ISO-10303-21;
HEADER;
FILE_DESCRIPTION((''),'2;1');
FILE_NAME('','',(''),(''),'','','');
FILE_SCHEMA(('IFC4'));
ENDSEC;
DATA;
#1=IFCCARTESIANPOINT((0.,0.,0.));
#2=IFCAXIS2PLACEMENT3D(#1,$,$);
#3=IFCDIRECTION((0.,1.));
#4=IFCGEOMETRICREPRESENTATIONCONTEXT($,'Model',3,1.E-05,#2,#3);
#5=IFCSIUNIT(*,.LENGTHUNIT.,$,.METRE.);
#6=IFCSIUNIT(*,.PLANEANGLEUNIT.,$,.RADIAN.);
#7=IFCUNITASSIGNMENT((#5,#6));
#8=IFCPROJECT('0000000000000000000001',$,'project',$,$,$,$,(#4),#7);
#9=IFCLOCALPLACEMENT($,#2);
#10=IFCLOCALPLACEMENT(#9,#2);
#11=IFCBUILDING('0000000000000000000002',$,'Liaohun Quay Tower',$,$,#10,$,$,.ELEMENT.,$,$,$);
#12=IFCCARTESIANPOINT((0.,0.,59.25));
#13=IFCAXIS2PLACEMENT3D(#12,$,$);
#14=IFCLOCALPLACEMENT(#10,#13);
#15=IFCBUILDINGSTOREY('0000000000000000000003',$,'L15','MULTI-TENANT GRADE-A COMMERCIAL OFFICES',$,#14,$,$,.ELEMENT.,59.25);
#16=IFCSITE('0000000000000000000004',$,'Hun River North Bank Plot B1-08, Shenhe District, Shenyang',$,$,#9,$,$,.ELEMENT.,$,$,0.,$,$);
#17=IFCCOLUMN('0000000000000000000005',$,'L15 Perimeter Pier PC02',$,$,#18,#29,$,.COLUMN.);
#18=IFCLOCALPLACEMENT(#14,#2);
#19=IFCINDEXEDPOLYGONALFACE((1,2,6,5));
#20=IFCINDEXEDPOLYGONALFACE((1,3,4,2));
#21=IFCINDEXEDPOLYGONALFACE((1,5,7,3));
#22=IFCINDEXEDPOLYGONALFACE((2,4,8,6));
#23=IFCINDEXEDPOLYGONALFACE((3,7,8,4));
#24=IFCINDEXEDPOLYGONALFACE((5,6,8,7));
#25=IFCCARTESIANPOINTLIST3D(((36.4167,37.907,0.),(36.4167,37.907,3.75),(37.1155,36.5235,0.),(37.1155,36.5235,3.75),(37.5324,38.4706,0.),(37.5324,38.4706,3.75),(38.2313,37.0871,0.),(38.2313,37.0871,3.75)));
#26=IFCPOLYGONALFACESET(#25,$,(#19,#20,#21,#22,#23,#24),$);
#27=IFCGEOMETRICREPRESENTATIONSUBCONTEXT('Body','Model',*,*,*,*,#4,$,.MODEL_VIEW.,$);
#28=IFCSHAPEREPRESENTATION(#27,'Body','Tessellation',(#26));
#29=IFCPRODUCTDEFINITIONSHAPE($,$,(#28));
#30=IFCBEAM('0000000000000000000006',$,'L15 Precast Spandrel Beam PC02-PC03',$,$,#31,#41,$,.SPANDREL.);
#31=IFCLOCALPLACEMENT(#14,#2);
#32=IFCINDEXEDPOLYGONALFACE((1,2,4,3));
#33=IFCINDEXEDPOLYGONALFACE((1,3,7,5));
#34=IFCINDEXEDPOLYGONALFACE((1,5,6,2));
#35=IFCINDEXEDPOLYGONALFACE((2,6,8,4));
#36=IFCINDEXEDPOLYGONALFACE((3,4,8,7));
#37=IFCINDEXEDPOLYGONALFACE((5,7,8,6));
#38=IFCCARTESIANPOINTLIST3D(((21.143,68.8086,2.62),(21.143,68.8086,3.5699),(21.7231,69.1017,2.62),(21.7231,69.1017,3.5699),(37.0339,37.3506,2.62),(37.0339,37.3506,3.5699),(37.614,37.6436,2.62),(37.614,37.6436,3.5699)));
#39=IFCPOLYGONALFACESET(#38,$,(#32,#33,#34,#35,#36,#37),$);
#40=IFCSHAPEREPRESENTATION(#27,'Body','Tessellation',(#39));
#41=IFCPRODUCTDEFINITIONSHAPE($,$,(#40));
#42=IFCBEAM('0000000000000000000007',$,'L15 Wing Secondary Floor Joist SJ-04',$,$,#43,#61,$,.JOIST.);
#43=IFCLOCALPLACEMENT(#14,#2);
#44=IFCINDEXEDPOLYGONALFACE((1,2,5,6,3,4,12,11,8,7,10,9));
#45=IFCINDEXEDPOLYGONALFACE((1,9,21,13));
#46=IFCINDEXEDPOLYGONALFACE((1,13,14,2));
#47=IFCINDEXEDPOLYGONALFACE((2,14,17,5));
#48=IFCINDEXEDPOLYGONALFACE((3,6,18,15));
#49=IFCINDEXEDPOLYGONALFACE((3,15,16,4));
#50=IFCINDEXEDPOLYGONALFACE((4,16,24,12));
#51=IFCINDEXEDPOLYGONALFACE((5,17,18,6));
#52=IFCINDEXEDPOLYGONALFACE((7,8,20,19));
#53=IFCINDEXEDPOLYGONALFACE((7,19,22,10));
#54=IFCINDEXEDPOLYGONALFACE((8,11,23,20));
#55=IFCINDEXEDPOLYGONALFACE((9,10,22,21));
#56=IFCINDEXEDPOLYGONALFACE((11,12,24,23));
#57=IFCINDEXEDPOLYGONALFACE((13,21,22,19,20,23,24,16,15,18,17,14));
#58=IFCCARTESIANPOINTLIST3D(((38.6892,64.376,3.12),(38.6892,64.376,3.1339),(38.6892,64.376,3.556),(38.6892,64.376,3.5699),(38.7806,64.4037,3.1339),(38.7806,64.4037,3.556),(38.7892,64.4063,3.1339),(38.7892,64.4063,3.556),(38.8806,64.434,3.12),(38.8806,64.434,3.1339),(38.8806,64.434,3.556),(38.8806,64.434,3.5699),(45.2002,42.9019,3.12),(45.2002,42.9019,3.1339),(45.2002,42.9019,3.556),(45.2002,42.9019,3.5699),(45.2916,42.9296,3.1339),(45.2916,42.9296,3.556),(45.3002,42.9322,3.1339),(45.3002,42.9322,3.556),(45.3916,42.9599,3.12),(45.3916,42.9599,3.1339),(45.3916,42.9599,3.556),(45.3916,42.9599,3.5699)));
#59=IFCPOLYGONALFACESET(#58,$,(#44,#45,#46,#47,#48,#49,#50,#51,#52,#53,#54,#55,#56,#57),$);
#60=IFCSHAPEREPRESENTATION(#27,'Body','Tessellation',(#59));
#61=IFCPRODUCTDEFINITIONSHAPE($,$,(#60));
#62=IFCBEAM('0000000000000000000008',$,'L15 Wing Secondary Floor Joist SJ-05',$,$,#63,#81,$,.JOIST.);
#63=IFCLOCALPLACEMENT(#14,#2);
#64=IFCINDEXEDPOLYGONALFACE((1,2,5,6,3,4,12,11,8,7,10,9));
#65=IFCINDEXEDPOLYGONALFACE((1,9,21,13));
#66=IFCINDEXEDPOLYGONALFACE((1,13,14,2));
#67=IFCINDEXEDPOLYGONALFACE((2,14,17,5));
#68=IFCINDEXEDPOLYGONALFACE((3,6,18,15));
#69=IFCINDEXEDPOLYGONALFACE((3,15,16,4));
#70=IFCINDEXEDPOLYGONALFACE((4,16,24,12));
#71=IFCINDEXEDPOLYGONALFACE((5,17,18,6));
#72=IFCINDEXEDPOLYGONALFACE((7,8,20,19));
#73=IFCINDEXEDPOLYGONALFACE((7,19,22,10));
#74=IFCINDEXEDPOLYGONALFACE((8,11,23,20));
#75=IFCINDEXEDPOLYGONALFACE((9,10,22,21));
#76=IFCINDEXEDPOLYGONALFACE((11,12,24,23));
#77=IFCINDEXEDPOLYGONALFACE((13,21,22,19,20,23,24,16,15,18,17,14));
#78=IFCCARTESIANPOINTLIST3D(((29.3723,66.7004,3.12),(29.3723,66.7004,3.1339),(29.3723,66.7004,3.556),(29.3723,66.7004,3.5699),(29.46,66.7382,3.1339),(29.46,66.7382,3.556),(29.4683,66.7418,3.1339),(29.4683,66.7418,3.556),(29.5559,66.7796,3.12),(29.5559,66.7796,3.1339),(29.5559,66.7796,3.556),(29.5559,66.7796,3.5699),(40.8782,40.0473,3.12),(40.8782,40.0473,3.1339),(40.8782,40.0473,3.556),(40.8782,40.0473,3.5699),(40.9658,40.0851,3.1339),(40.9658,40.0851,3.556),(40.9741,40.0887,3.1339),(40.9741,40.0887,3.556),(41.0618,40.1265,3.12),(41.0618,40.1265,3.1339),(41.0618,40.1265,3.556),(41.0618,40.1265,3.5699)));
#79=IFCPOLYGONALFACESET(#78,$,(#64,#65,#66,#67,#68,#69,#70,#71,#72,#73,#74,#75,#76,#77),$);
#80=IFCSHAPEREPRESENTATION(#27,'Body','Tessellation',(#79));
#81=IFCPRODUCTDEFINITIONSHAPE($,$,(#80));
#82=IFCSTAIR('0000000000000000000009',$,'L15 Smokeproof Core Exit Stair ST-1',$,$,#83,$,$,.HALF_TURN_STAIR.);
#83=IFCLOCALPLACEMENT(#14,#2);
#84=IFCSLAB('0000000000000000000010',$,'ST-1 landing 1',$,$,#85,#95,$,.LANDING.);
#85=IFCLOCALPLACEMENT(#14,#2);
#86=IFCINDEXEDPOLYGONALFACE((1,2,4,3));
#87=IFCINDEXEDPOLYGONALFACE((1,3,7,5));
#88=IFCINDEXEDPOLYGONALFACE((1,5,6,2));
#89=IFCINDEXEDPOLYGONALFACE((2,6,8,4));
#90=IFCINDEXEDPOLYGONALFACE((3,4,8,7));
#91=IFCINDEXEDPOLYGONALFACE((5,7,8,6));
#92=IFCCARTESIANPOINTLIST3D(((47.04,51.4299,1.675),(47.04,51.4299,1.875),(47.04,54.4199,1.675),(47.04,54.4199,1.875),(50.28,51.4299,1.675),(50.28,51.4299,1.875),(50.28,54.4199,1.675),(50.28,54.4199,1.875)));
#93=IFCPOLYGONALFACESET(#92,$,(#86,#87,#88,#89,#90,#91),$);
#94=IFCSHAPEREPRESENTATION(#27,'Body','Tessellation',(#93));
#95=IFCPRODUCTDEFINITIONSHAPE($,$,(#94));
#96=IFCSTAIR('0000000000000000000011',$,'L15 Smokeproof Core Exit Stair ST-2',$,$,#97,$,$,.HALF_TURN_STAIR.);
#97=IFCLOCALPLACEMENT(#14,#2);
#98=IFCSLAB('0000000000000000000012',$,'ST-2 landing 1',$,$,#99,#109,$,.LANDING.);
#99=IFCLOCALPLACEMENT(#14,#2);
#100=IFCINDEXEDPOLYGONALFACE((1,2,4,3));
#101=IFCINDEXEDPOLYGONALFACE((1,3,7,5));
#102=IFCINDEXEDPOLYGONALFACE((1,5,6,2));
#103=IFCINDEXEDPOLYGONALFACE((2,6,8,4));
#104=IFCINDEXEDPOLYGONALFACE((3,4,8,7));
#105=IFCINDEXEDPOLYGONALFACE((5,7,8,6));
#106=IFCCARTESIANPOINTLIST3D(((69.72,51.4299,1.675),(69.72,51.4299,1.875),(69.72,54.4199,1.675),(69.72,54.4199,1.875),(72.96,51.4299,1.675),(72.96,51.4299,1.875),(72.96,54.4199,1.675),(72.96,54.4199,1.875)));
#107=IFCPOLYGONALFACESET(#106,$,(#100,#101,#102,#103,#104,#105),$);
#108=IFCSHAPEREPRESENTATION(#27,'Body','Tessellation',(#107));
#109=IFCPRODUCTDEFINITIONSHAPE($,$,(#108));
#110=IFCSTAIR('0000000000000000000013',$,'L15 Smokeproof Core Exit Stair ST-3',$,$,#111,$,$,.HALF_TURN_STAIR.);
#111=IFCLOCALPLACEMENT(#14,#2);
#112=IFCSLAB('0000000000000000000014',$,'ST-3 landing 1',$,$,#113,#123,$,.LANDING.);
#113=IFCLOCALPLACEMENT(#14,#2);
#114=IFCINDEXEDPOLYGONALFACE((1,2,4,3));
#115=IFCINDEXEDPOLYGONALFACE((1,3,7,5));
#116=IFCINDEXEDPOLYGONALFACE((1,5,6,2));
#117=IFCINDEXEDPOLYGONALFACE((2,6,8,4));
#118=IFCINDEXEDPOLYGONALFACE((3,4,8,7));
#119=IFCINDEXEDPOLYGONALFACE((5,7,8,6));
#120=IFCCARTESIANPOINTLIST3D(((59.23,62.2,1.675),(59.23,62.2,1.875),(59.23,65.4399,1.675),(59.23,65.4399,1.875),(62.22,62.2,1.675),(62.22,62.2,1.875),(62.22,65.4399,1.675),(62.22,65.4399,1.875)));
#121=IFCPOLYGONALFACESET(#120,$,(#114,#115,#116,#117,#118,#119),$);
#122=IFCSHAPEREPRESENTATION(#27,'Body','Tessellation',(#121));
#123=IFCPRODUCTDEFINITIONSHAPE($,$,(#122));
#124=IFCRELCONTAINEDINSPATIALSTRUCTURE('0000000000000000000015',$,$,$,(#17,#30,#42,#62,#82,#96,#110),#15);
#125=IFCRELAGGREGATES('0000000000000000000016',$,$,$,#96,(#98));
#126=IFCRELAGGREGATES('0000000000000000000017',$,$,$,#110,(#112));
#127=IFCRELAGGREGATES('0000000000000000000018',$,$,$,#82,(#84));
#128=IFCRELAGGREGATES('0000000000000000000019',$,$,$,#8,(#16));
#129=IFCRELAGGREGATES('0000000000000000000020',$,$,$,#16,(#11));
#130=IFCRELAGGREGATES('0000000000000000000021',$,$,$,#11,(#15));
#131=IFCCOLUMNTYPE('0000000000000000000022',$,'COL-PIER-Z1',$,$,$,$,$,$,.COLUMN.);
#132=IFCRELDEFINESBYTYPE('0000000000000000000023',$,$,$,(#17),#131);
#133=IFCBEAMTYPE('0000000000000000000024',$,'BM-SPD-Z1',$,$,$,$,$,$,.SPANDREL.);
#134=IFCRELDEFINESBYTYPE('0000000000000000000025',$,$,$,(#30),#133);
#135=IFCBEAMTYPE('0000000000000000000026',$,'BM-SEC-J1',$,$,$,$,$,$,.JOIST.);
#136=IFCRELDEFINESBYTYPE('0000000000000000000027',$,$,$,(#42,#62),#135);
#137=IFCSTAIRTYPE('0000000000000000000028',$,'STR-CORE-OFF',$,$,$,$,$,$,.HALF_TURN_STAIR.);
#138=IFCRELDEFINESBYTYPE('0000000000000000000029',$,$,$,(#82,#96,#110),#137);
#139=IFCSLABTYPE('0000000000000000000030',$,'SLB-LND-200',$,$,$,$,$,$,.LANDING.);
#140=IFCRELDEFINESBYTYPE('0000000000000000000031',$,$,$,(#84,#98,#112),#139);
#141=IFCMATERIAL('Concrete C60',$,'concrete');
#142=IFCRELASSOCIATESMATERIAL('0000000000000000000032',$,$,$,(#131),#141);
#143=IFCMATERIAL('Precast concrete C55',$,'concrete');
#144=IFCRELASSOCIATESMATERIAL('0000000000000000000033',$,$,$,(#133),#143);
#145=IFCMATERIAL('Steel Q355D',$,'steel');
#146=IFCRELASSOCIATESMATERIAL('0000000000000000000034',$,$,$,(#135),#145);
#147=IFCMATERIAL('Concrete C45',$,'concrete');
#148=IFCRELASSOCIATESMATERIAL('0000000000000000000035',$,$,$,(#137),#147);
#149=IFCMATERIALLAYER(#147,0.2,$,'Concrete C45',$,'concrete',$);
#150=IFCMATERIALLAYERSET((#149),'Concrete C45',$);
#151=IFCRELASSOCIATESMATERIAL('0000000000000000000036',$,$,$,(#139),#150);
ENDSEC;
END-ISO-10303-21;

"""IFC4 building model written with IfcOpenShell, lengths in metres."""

from ifc_helpers import new_model, si_unit, direction, frame, origin, origin_2d, place, context, subcontext, project, spatial, polyline, rectangle, i_section, outline, extrude, source, transform, mapped, material, layer, layer_set, material_profile, profile_set, type_object, element, aggregate, save


model = new_model("IFC4")

# Units and contexts
model_context = context("Model", 3, precision=1e-05, world=origin(), true_north=direction((0.0, 1.0)))
body_context = subcontext(model_context, "Body", "Model", "MODEL_VIEW")
ifc_project = project(units=[si_unit("LENGTHUNIT", "METRE"), si_unit("PLANEANGLEUNIT", "RADIAN")], contexts=[model_context])

# Site, building, storey
site_placement = place(None, origin())
site = spatial("IfcSite", under=ifc_project, at=site_placement, Name="Hun River North Bank Plot B1-08, Shenhe District, Shenyang", CompositionType="ELEMENT", RefElevation=0.0)
building_placement = place(site_placement, origin())
building = spatial("IfcBuilding", under=site, at=building_placement, Name="Liaohun Quay Tower", CompositionType="ELEMENT")
storey_placement = place(building_placement, frame((0.0, 0.0, 59.25)))
storey = spatial("IfcBuildingStorey", under=building, at=storey_placement, Name="L15", Description="MULTI-TENANT GRADE-A COMMERCIAL OFFICES", CompositionType="ELEMENT", Elevation=59.25)

# Column
ifc_material_1 = material(Name="Concrete C60", Category="concrete")
ifc_material_profile_1 = material_profile(ifc_material_1, rectangle(XDim=1.55, YDim=1.25, at=origin_2d()), Name="RC1550x1250")
ifc_profile_set_1 = profile_set([ifc_material_profile_1], Name="Concrete C60")
column_type = type_object("IfcColumnType", Name="COL-PIER-Z1", PredefinedType="COLUMN", material=ifc_profile_set_1)
shared_shape_1 = source(origin(), body_context, "Body", "SweptSolid", [
    extrude(rectangle(XDim=1.55, YDim=1.25, at=origin_2d()), origin(), (0.0, 0.0, 1.0), 3.75),
])
column_placement = place(storey_placement, frame((37.324, 37.4971, 0.0), z_axis=(0.0, 0.0, 1.0), x_axis=(-0.450878, 0.892586, 0.0)))
element("IfcColumn", 1, at=column_placement, inside=storey, type_object=column_type, Name="L15 Perimeter Pier PC02", PredefinedType="COLUMN", context=body_context, shape_type="MappedRepresentation", body=[
    mapped(shared_shape_1, transform((0.0, 0.0, 0.0), x_axis=(1.0, 0.0, 0.0), y_axis=(0.0, 1.0, 0.0), z_axis=(0.0, 0.0, 1.0), scale=1.0)),
])

# Beams
ifc_material_2 = material(Name="Precast concrete C55", Category="concrete")
ifc_material_profile_2 = material_profile(ifc_material_2, rectangle(XDim=0.6499, YDim=0.95, at=origin_2d()), Name="RC650x950")
ifc_profile_set_2 = profile_set([ifc_material_profile_2], Name="Precast concrete C55")
beam_type_1 = type_object("IfcBeamType", Name="BM-SPD-Z1", PredefinedType="SPANDREL", material=ifc_profile_set_2)
shared_shape_2 = source(origin(), body_context, "Body", "SweptSolid", [
    extrude(rectangle(XDim=0.6499, YDim=0.95, at=origin_2d()), origin(), (0.0, 0.0, 1.0), 35.2439),
])
beam_1_placement = place(storey_placement, frame((37.324, 37.4971, 3.095), z_axis=(-0.450884, 0.892583, 0.0), x_axis=(-0.892583, -0.450884, 0.0)))
element("IfcBeam", 2, at=beam_1_placement, inside=storey, type_object=beam_type_1, Name="L15 Precast Spandrel Beam PC02-PC03", PredefinedType="SPANDREL", context=body_context, shape_type="MappedRepresentation", body=[
    mapped(shared_shape_2, transform((0.0, 0.0, 0.0), x_axis=(1.0, 0.0, 0.0), y_axis=(0.0, 1.0, 0.0), z_axis=(0.0, 0.0, 1.0), scale=1.0)),
])
ifc_material_3 = material(Name="Steel Q355D", Category="steel")
ifc_material_profile_3 = material_profile(ifc_material_3, i_section(OverallWidth=0.2, OverallDepth=0.45, WebThickness=0.009, FlangeThickness=0.0139, at=origin_2d()), Name="HN450x200x9x14")
ifc_profile_set_3 = profile_set([ifc_material_profile_3], Name="Steel Q355D")
beam_type_2 = type_object("IfcBeamType", Name="BM-SEC-J1", PredefinedType="JOIST", material=ifc_profile_set_3)
shared_shape_3 = source(origin(), body_context, "Body", "SweptSolid", [
    extrude(i_section(OverallWidth=0.2, OverallDepth=0.45, WebThickness=0.009, FlangeThickness=0.0139, at=origin_2d()), origin(), (0.0, 0.0, 1.0), 22.4395),
])
beam_2_placement = place(storey_placement, frame((45.2959, 42.9309, 3.345), z_axis=(-0.290157, 0.956979, 0.0), x_axis=(-0.956979, -0.290157, 0.0)))
element("IfcBeam", 3, at=beam_2_placement, inside=storey, type_object=beam_type_2, Name="L15 Wing Secondary Floor Joist SJ-04", PredefinedType="JOIST", context=body_context, shape_type="MappedRepresentation", body=[
    mapped(shared_shape_3, transform((0.0, 0.0, 0.0), x_axis=(1.0, 0.0, 0.0), y_axis=(0.0, 1.0, 0.0), z_axis=(0.0, 0.0, 1.0), scale=1.0)),
])
shared_shape_4 = source(origin(), body_context, "Body", "SweptSolid", [
    extrude(i_section(OverallWidth=0.2, OverallDepth=0.45, WebThickness=0.009, FlangeThickness=0.0139, at=origin_2d()), origin(), (0.0, 0.0, 1.0), 29.0305),
])
beam_3_placement = place(storey_placement, frame((40.97, 40.0869, 3.345), z_axis=(-0.396337, 0.918105, 0.0), x_axis=(-0.918105, -0.396337, 0.0)))
element("IfcBeam", 4, at=beam_3_placement, inside=storey, type_object=beam_type_2, Name="L15 Wing Secondary Floor Joist SJ-05", PredefinedType="JOIST", context=body_context, shape_type="MappedRepresentation", body=[
    mapped(shared_shape_4, transform((0.0, 0.0, 0.0), x_axis=(1.0, 0.0, 0.0), y_axis=(0.0, 1.0, 0.0), z_axis=(0.0, 0.0, 1.0), scale=1.0)),
])

# Stairs, slabs
ifc_material_4 = material(Name="Concrete C45", Category="concrete")
stair_type = type_object("IfcStairType", Name="STR-CORE-OFF", PredefinedType="HALF_TURN_STAIR", material=ifc_material_4)
stair_1_placement = place(storey_placement, origin())
stair_1 = element("IfcStair", 5, at=stair_1_placement, inside=storey, type_object=stair_type, Name="L15 Smokeproof Core Exit Stair ST-1", PredefinedType="HALF_TURN_STAIR")
ifc_layer_1 = layer(ifc_material_4, 0.2, Name="Concrete C45", Category="concrete")
ifc_layer_set_1 = layer_set([ifc_layer_1], Name="Concrete C45")
slab_type_1 = type_object("IfcSlabType", Name="SLB-LND-200", PredefinedType="LANDING", material=ifc_layer_set_1)
slab_1_placement = place(storey_placement, frame((0.0, 0.0, 1.675)))
slab_1 = element("IfcSlab", 6, at=slab_1_placement, type_object=slab_type_1, Name="ST-1 landing 1", PredefinedType="LANDING", context=body_context, shape_type="SweptSolid", body=[
    extrude(outline(polyline([(50.28, 51.4299), (50.28, 54.4199), (47.04, 54.4199), (47.04, 51.4299), (50.28, 51.4299)])), origin(), (0.0, 0.0, 1.0), 0.2),
])
stair_2_placement = place(storey_placement, origin())
stair_2 = element("IfcStair", 7, at=stair_2_placement, inside=storey, type_object=stair_type, Name="L15 Smokeproof Core Exit Stair ST-2", PredefinedType="HALF_TURN_STAIR")
slab_2_placement = place(storey_placement, frame((0.0, 0.0, 1.675)))
slab_2 = element("IfcSlab", 8, at=slab_2_placement, type_object=slab_type_1, Name="ST-2 landing 1", PredefinedType="LANDING", context=body_context, shape_type="SweptSolid", body=[
    extrude(outline(polyline([(72.96, 51.4299), (72.96, 54.4199), (69.72, 54.4199), (69.72, 51.4299), (72.96, 51.4299)])), origin(), (0.0, 0.0, 1.0), 0.2),
])
aggregate(stair_2, [slab_2])
stair_3_placement = place(storey_placement, origin())
stair_3 = element("IfcStair", 9, at=stair_3_placement, inside=storey, type_object=stair_type, Name="L15 Smokeproof Core Exit Stair ST-3", PredefinedType="HALF_TURN_STAIR")
slab_3_placement = place(storey_placement, frame((0.0, 0.0, 1.675)))
slab_3 = element("IfcSlab", 10, at=slab_3_placement, type_object=slab_type_1, Name="ST-3 landing 1", PredefinedType="LANDING", context=body_context, shape_type="SweptSolid", body=[
    extrude(outline(polyline([(59.23, 62.2), (62.22, 62.2), (62.22, 65.4399), (59.23, 65.4399), (59.23, 62.2)])), origin(), (0.0, 0.0, 1.0), 0.2),
])
aggregate(stair_3, [slab_3])

aggregate(stair_1, [slab_1])

save(model, "model.ifc")
